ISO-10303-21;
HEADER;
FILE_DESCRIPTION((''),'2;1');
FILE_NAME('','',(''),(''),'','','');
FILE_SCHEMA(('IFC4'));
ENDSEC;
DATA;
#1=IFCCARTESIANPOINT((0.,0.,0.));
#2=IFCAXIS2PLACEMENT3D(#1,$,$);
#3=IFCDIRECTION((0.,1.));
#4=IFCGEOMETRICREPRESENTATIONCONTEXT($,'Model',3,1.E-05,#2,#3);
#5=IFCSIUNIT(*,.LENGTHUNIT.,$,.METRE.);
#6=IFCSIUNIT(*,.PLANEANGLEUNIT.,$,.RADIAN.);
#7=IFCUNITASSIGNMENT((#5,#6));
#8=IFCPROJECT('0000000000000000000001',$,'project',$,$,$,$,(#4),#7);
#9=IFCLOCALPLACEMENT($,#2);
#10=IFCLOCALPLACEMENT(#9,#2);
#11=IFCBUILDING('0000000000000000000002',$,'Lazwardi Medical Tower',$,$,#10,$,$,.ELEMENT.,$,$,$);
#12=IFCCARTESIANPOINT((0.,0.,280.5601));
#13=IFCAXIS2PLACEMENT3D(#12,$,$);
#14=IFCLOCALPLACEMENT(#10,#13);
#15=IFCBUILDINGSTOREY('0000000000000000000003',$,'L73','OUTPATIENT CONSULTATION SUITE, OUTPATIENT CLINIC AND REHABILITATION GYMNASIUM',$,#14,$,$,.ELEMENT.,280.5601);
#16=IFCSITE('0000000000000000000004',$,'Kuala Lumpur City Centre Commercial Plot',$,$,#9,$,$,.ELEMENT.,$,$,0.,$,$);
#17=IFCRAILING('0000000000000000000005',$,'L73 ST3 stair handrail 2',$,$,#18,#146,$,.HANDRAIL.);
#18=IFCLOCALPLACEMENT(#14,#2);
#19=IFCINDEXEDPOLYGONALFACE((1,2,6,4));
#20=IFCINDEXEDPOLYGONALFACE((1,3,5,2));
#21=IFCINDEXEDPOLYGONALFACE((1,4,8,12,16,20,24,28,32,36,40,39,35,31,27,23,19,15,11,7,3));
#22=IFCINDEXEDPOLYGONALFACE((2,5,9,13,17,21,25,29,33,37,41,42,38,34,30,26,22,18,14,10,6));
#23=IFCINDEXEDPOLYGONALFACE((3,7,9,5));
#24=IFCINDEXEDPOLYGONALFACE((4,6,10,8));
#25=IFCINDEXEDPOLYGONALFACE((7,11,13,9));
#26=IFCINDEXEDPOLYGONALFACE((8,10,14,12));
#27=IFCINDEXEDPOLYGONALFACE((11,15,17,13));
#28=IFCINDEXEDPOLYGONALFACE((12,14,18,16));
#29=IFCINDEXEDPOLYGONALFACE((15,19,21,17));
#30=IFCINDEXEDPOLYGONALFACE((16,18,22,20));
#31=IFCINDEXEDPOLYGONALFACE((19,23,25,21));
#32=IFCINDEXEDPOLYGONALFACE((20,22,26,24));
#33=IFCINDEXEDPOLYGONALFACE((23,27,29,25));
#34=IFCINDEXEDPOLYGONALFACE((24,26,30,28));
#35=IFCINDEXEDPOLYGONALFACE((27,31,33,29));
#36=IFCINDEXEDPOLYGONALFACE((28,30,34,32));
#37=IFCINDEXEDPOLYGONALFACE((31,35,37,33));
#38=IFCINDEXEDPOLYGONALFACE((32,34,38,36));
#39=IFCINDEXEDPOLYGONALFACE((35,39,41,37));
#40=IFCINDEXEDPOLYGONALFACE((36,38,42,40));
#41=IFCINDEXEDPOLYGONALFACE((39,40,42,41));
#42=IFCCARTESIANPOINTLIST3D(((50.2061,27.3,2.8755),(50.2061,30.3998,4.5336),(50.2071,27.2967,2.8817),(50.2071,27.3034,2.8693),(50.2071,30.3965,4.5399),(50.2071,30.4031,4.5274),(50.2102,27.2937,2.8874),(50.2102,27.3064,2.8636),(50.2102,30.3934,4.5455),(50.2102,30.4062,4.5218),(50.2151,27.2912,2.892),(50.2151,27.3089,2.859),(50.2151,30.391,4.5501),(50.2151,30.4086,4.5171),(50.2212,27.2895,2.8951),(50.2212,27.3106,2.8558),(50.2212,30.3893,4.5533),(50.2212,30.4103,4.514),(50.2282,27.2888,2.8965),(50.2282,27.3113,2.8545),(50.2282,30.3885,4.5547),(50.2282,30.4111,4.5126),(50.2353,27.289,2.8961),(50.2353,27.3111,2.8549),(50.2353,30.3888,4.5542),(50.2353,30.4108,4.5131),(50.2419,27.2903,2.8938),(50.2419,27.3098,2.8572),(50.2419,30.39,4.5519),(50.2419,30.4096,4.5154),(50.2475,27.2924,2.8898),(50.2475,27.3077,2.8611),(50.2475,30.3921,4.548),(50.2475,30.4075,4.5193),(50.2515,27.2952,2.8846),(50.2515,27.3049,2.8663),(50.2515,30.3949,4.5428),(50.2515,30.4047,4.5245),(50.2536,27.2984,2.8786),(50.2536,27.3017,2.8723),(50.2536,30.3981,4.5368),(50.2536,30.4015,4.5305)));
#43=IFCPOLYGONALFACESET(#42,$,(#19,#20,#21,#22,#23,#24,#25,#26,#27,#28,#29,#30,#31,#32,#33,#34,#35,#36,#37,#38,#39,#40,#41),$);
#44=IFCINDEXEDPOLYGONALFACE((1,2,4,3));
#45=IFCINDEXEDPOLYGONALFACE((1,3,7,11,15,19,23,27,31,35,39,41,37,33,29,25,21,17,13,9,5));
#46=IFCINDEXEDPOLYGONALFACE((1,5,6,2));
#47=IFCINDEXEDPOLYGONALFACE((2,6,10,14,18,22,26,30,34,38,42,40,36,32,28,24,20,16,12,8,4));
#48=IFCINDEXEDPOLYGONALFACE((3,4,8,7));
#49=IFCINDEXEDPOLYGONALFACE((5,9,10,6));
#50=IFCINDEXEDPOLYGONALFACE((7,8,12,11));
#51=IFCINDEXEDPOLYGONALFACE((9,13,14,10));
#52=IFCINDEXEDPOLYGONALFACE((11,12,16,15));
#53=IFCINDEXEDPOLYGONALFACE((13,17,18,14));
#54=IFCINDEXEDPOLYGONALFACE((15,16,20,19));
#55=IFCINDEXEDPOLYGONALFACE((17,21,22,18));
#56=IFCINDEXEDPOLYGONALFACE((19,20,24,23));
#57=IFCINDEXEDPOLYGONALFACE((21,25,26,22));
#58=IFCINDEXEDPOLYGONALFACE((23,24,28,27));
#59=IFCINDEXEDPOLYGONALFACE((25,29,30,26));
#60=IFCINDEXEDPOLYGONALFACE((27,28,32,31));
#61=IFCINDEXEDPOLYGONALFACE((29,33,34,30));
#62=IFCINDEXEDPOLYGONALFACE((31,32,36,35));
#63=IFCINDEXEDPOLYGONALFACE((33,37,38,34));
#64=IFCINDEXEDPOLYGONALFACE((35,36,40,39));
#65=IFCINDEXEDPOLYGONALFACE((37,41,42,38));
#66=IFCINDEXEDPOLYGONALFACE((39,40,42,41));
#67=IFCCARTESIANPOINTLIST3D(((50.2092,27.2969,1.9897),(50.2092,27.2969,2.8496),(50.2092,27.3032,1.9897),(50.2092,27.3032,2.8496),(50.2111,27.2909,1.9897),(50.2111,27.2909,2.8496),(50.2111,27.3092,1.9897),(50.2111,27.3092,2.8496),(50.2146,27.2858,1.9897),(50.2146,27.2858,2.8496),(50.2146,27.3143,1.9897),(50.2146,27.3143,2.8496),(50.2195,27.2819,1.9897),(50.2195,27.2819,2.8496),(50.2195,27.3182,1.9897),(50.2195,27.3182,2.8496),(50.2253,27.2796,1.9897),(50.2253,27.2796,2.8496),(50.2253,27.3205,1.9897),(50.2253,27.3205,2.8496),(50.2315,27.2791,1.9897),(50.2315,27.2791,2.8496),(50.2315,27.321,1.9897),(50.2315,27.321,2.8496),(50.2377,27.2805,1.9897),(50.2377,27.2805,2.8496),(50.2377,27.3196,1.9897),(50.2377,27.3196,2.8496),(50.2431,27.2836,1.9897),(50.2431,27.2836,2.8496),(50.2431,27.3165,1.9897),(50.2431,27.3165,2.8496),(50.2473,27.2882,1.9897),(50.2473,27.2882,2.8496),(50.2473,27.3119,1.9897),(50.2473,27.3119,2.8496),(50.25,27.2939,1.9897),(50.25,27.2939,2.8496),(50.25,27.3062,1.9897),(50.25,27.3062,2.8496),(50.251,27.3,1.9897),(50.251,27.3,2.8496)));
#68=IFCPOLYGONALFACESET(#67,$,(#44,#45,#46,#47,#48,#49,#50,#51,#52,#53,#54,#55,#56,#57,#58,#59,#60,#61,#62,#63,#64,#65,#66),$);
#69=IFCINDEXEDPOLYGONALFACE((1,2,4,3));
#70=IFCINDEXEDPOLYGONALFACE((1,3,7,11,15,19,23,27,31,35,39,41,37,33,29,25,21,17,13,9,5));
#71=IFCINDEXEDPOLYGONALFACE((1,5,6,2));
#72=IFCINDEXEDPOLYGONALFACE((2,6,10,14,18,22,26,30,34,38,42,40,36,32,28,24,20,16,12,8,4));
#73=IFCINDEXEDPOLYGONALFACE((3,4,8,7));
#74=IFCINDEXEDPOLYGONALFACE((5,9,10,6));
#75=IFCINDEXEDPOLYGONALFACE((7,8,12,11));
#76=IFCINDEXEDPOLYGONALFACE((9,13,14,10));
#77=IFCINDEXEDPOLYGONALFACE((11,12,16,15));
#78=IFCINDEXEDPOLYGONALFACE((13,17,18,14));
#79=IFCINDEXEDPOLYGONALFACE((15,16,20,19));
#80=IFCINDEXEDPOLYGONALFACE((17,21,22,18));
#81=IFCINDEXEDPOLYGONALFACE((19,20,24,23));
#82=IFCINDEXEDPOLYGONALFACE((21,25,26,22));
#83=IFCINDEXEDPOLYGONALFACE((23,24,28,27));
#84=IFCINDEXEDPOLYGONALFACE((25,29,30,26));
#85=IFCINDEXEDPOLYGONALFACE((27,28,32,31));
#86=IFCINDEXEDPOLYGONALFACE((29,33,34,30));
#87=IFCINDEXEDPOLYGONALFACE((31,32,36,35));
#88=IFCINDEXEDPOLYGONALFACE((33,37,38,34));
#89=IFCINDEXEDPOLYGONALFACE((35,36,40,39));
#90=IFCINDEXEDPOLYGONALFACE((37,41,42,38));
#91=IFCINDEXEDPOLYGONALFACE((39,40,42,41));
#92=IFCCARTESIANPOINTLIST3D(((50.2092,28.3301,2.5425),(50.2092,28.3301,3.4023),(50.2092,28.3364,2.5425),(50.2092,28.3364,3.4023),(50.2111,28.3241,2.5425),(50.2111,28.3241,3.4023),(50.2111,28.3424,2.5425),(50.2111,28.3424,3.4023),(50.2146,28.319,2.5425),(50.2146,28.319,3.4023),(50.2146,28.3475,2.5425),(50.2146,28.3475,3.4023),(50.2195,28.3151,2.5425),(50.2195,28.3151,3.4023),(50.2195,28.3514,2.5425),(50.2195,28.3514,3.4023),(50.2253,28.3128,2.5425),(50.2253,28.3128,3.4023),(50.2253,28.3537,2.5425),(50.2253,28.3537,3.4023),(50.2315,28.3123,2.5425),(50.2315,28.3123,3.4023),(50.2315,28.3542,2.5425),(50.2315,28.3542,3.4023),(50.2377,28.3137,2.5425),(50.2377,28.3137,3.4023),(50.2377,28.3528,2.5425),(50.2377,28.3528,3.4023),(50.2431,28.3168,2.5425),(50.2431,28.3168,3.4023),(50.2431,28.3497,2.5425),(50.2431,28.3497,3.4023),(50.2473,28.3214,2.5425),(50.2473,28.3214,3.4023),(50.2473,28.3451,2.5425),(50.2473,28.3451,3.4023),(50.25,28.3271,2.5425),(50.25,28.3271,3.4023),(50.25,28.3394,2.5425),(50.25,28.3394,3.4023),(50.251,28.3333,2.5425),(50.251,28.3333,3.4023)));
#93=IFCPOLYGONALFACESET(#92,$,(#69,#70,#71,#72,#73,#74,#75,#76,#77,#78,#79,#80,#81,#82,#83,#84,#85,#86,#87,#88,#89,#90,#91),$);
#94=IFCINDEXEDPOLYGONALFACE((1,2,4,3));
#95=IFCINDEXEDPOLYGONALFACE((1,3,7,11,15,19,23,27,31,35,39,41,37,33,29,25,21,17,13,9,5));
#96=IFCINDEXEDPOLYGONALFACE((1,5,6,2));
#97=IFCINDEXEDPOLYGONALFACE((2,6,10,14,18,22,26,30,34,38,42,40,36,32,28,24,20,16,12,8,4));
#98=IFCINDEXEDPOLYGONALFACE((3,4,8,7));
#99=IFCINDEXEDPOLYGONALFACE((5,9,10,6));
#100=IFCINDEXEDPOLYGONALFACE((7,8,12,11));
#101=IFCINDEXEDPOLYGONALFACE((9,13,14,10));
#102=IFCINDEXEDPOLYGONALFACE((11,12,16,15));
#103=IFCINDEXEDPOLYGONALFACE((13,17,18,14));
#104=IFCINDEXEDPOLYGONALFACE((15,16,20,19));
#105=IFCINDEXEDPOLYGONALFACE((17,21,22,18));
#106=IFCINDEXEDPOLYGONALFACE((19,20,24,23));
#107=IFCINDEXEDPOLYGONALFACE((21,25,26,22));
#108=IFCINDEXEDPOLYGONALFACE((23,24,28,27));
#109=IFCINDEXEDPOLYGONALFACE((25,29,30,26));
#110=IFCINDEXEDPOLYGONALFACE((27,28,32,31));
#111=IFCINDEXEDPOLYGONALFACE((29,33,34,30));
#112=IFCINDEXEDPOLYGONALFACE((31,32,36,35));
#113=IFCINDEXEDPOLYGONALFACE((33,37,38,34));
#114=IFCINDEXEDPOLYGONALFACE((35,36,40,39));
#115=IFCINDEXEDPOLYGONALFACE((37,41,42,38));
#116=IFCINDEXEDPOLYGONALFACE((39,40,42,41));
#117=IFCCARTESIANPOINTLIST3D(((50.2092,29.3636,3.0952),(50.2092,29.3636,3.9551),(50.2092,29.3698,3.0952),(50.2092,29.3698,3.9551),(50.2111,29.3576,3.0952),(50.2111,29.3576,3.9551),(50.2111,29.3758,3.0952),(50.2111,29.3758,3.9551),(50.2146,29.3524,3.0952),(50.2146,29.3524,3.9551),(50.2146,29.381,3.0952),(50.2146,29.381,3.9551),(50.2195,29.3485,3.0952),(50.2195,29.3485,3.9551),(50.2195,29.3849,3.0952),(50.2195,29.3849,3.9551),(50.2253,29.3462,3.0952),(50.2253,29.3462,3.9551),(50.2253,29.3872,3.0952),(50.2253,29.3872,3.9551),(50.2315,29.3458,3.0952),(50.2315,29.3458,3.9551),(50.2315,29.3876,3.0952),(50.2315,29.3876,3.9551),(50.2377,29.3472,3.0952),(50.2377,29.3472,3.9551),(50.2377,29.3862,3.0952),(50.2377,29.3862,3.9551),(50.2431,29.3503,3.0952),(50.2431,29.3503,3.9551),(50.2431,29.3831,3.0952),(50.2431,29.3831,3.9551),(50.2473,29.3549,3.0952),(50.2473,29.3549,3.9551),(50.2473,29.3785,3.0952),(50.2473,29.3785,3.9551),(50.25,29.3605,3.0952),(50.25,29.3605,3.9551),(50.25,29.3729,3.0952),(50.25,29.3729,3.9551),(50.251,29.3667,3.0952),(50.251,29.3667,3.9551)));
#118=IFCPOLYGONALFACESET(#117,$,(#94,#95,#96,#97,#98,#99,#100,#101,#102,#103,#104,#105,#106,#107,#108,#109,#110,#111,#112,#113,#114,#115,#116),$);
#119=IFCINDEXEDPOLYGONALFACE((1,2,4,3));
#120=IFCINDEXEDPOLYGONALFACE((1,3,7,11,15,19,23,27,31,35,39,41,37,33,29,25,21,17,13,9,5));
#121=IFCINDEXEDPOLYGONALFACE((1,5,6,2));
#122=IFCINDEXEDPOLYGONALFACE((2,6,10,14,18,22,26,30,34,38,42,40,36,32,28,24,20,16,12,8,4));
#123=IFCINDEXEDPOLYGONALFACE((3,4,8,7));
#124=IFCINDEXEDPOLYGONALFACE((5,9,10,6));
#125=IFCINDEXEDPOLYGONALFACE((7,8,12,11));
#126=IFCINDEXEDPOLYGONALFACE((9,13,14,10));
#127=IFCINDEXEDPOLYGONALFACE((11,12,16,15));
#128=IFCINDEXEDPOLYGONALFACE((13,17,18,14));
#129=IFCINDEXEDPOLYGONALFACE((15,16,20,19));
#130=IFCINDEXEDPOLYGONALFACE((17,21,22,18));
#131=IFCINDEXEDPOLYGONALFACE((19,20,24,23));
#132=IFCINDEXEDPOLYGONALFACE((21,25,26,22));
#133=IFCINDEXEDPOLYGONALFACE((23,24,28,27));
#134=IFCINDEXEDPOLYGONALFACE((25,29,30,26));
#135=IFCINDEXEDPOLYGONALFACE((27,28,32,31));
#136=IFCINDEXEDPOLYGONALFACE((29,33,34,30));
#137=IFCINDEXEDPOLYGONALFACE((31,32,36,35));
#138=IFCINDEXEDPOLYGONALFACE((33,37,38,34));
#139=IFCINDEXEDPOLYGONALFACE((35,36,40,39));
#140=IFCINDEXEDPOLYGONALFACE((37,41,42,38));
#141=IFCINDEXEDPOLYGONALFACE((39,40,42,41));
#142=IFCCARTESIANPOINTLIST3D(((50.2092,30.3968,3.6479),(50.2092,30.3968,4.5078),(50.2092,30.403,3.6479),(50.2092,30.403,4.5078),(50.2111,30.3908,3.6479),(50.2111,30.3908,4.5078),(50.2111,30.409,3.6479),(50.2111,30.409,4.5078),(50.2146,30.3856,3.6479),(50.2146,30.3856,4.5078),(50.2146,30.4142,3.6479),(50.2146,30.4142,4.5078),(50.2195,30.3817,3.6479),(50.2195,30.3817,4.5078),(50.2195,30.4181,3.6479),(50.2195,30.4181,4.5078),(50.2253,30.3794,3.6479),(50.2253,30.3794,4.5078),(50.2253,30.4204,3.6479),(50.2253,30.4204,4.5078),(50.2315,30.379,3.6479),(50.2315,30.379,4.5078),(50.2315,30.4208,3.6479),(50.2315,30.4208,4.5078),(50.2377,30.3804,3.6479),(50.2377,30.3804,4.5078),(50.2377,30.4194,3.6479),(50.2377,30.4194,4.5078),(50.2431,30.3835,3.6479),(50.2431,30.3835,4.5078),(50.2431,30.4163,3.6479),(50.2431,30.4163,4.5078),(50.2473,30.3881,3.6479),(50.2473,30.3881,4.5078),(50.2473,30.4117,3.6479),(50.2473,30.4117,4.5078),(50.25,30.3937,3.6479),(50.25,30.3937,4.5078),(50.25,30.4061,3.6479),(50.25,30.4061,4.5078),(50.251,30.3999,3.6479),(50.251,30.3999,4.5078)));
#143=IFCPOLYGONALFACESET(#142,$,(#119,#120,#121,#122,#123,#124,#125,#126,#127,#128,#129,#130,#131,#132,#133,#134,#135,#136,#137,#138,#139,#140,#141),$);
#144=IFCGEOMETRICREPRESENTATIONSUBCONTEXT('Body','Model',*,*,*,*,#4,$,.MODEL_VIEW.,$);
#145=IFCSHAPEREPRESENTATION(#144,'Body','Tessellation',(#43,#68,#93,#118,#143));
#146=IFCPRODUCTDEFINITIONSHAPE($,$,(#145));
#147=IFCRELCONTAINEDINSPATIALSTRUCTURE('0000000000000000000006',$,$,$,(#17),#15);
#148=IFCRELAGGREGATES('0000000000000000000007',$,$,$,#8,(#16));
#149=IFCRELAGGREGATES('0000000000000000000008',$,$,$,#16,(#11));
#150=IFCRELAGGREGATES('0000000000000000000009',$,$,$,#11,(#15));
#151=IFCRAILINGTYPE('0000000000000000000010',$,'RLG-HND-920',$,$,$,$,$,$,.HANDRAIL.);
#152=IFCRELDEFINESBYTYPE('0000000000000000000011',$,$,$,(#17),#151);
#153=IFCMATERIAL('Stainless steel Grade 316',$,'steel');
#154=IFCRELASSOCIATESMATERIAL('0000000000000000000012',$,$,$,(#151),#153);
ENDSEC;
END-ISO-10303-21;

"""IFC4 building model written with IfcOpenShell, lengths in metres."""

from ifc_helpers import new_model, si_unit, direction, frame, origin, origin_2d, place, context, subcontext, project, spatial, circle, extrude, material, type_object, element, save


model = new_model("IFC4")

# Units and contexts
model_context = context("Model", 3, precision=1e-05, world=origin(), true_north=direction((0.0, 1.0)))
body_context = subcontext(model_context, "Body", "Model", "MODEL_VIEW")
ifc_project = project(units=[si_unit("LENGTHUNIT", "METRE"), si_unit("PLANEANGLEUNIT", "RADIAN")], contexts=[model_context])

# Site, building, storey
site_placement = place(None, origin())
site = spatial("IfcSite", under=ifc_project, at=site_placement, Name="Kuala Lumpur City Centre Commercial Plot", CompositionType="ELEMENT", RefElevation=0.0)
building_placement = place(site_placement, origin())
building = spatial("IfcBuilding", under=site, at=building_placement, Name="Lazwardi Medical Tower", CompositionType="ELEMENT")
storey_placement = place(building_placement, frame((0.0, 0.0, 280.5601)))
storey = spatial("IfcBuildingStorey", under=building, at=storey_placement, Name="L73", Description="OUTPATIENT CONSULTATION SUITE, OUTPATIENT CLINIC AND REHABILITATION GYMNASIUM", CompositionType="ELEMENT", Elevation=280.5601)

# Railing
ifc_material_1 = material(Name="Stainless steel Grade 316", Category="steel")
railing_type_1 = type_object("IfcRailingType", Name="RLG-HND-920", PredefinedType="HANDRAIL", material=ifc_material_1)
railing_1_placement = place(storey_placement, frame((50.23, 27.3, 1.9897)))
element("IfcRailing", 1, at=railing_1_placement, inside=storey, type_object=railing_type_1, Name="L73 ST3 stair handrail 2", PredefinedType="HANDRAIL", context=body_context, shape_type="SweptSolid", body=[
    extrude(circle(Radius=0.0239, at=origin_2d()), frame((0.0, 0.0, 0.8857), z_axis=(0.0, 0.881768, 0.471684), x_axis=(-1.0, 0.0, 0.0)), (0.0, 0.0, 1.0), 3.5154),
    extrude(circle(Radius=0.021, at=origin_2d()), origin(), (0.0, 0.0, 1.0), 0.8599),
    extrude(circle(Radius=0.021, at=origin_2d()), frame((0.0, 1.0332, 0.5527)), (0.0, 0.0, 1.0), 0.8599),
    extrude(circle(Radius=0.021, at=origin_2d()), frame((0.0, 2.0667, 1.1055)), (0.0, 0.0, 1.0), 0.8599),
    extrude(circle(Radius=0.021, at=origin_2d()), frame((0.0, 3.0999, 1.6582)), (0.0, 0.0, 1.0), 0.8599),
])

save(model, "model.ifc")
